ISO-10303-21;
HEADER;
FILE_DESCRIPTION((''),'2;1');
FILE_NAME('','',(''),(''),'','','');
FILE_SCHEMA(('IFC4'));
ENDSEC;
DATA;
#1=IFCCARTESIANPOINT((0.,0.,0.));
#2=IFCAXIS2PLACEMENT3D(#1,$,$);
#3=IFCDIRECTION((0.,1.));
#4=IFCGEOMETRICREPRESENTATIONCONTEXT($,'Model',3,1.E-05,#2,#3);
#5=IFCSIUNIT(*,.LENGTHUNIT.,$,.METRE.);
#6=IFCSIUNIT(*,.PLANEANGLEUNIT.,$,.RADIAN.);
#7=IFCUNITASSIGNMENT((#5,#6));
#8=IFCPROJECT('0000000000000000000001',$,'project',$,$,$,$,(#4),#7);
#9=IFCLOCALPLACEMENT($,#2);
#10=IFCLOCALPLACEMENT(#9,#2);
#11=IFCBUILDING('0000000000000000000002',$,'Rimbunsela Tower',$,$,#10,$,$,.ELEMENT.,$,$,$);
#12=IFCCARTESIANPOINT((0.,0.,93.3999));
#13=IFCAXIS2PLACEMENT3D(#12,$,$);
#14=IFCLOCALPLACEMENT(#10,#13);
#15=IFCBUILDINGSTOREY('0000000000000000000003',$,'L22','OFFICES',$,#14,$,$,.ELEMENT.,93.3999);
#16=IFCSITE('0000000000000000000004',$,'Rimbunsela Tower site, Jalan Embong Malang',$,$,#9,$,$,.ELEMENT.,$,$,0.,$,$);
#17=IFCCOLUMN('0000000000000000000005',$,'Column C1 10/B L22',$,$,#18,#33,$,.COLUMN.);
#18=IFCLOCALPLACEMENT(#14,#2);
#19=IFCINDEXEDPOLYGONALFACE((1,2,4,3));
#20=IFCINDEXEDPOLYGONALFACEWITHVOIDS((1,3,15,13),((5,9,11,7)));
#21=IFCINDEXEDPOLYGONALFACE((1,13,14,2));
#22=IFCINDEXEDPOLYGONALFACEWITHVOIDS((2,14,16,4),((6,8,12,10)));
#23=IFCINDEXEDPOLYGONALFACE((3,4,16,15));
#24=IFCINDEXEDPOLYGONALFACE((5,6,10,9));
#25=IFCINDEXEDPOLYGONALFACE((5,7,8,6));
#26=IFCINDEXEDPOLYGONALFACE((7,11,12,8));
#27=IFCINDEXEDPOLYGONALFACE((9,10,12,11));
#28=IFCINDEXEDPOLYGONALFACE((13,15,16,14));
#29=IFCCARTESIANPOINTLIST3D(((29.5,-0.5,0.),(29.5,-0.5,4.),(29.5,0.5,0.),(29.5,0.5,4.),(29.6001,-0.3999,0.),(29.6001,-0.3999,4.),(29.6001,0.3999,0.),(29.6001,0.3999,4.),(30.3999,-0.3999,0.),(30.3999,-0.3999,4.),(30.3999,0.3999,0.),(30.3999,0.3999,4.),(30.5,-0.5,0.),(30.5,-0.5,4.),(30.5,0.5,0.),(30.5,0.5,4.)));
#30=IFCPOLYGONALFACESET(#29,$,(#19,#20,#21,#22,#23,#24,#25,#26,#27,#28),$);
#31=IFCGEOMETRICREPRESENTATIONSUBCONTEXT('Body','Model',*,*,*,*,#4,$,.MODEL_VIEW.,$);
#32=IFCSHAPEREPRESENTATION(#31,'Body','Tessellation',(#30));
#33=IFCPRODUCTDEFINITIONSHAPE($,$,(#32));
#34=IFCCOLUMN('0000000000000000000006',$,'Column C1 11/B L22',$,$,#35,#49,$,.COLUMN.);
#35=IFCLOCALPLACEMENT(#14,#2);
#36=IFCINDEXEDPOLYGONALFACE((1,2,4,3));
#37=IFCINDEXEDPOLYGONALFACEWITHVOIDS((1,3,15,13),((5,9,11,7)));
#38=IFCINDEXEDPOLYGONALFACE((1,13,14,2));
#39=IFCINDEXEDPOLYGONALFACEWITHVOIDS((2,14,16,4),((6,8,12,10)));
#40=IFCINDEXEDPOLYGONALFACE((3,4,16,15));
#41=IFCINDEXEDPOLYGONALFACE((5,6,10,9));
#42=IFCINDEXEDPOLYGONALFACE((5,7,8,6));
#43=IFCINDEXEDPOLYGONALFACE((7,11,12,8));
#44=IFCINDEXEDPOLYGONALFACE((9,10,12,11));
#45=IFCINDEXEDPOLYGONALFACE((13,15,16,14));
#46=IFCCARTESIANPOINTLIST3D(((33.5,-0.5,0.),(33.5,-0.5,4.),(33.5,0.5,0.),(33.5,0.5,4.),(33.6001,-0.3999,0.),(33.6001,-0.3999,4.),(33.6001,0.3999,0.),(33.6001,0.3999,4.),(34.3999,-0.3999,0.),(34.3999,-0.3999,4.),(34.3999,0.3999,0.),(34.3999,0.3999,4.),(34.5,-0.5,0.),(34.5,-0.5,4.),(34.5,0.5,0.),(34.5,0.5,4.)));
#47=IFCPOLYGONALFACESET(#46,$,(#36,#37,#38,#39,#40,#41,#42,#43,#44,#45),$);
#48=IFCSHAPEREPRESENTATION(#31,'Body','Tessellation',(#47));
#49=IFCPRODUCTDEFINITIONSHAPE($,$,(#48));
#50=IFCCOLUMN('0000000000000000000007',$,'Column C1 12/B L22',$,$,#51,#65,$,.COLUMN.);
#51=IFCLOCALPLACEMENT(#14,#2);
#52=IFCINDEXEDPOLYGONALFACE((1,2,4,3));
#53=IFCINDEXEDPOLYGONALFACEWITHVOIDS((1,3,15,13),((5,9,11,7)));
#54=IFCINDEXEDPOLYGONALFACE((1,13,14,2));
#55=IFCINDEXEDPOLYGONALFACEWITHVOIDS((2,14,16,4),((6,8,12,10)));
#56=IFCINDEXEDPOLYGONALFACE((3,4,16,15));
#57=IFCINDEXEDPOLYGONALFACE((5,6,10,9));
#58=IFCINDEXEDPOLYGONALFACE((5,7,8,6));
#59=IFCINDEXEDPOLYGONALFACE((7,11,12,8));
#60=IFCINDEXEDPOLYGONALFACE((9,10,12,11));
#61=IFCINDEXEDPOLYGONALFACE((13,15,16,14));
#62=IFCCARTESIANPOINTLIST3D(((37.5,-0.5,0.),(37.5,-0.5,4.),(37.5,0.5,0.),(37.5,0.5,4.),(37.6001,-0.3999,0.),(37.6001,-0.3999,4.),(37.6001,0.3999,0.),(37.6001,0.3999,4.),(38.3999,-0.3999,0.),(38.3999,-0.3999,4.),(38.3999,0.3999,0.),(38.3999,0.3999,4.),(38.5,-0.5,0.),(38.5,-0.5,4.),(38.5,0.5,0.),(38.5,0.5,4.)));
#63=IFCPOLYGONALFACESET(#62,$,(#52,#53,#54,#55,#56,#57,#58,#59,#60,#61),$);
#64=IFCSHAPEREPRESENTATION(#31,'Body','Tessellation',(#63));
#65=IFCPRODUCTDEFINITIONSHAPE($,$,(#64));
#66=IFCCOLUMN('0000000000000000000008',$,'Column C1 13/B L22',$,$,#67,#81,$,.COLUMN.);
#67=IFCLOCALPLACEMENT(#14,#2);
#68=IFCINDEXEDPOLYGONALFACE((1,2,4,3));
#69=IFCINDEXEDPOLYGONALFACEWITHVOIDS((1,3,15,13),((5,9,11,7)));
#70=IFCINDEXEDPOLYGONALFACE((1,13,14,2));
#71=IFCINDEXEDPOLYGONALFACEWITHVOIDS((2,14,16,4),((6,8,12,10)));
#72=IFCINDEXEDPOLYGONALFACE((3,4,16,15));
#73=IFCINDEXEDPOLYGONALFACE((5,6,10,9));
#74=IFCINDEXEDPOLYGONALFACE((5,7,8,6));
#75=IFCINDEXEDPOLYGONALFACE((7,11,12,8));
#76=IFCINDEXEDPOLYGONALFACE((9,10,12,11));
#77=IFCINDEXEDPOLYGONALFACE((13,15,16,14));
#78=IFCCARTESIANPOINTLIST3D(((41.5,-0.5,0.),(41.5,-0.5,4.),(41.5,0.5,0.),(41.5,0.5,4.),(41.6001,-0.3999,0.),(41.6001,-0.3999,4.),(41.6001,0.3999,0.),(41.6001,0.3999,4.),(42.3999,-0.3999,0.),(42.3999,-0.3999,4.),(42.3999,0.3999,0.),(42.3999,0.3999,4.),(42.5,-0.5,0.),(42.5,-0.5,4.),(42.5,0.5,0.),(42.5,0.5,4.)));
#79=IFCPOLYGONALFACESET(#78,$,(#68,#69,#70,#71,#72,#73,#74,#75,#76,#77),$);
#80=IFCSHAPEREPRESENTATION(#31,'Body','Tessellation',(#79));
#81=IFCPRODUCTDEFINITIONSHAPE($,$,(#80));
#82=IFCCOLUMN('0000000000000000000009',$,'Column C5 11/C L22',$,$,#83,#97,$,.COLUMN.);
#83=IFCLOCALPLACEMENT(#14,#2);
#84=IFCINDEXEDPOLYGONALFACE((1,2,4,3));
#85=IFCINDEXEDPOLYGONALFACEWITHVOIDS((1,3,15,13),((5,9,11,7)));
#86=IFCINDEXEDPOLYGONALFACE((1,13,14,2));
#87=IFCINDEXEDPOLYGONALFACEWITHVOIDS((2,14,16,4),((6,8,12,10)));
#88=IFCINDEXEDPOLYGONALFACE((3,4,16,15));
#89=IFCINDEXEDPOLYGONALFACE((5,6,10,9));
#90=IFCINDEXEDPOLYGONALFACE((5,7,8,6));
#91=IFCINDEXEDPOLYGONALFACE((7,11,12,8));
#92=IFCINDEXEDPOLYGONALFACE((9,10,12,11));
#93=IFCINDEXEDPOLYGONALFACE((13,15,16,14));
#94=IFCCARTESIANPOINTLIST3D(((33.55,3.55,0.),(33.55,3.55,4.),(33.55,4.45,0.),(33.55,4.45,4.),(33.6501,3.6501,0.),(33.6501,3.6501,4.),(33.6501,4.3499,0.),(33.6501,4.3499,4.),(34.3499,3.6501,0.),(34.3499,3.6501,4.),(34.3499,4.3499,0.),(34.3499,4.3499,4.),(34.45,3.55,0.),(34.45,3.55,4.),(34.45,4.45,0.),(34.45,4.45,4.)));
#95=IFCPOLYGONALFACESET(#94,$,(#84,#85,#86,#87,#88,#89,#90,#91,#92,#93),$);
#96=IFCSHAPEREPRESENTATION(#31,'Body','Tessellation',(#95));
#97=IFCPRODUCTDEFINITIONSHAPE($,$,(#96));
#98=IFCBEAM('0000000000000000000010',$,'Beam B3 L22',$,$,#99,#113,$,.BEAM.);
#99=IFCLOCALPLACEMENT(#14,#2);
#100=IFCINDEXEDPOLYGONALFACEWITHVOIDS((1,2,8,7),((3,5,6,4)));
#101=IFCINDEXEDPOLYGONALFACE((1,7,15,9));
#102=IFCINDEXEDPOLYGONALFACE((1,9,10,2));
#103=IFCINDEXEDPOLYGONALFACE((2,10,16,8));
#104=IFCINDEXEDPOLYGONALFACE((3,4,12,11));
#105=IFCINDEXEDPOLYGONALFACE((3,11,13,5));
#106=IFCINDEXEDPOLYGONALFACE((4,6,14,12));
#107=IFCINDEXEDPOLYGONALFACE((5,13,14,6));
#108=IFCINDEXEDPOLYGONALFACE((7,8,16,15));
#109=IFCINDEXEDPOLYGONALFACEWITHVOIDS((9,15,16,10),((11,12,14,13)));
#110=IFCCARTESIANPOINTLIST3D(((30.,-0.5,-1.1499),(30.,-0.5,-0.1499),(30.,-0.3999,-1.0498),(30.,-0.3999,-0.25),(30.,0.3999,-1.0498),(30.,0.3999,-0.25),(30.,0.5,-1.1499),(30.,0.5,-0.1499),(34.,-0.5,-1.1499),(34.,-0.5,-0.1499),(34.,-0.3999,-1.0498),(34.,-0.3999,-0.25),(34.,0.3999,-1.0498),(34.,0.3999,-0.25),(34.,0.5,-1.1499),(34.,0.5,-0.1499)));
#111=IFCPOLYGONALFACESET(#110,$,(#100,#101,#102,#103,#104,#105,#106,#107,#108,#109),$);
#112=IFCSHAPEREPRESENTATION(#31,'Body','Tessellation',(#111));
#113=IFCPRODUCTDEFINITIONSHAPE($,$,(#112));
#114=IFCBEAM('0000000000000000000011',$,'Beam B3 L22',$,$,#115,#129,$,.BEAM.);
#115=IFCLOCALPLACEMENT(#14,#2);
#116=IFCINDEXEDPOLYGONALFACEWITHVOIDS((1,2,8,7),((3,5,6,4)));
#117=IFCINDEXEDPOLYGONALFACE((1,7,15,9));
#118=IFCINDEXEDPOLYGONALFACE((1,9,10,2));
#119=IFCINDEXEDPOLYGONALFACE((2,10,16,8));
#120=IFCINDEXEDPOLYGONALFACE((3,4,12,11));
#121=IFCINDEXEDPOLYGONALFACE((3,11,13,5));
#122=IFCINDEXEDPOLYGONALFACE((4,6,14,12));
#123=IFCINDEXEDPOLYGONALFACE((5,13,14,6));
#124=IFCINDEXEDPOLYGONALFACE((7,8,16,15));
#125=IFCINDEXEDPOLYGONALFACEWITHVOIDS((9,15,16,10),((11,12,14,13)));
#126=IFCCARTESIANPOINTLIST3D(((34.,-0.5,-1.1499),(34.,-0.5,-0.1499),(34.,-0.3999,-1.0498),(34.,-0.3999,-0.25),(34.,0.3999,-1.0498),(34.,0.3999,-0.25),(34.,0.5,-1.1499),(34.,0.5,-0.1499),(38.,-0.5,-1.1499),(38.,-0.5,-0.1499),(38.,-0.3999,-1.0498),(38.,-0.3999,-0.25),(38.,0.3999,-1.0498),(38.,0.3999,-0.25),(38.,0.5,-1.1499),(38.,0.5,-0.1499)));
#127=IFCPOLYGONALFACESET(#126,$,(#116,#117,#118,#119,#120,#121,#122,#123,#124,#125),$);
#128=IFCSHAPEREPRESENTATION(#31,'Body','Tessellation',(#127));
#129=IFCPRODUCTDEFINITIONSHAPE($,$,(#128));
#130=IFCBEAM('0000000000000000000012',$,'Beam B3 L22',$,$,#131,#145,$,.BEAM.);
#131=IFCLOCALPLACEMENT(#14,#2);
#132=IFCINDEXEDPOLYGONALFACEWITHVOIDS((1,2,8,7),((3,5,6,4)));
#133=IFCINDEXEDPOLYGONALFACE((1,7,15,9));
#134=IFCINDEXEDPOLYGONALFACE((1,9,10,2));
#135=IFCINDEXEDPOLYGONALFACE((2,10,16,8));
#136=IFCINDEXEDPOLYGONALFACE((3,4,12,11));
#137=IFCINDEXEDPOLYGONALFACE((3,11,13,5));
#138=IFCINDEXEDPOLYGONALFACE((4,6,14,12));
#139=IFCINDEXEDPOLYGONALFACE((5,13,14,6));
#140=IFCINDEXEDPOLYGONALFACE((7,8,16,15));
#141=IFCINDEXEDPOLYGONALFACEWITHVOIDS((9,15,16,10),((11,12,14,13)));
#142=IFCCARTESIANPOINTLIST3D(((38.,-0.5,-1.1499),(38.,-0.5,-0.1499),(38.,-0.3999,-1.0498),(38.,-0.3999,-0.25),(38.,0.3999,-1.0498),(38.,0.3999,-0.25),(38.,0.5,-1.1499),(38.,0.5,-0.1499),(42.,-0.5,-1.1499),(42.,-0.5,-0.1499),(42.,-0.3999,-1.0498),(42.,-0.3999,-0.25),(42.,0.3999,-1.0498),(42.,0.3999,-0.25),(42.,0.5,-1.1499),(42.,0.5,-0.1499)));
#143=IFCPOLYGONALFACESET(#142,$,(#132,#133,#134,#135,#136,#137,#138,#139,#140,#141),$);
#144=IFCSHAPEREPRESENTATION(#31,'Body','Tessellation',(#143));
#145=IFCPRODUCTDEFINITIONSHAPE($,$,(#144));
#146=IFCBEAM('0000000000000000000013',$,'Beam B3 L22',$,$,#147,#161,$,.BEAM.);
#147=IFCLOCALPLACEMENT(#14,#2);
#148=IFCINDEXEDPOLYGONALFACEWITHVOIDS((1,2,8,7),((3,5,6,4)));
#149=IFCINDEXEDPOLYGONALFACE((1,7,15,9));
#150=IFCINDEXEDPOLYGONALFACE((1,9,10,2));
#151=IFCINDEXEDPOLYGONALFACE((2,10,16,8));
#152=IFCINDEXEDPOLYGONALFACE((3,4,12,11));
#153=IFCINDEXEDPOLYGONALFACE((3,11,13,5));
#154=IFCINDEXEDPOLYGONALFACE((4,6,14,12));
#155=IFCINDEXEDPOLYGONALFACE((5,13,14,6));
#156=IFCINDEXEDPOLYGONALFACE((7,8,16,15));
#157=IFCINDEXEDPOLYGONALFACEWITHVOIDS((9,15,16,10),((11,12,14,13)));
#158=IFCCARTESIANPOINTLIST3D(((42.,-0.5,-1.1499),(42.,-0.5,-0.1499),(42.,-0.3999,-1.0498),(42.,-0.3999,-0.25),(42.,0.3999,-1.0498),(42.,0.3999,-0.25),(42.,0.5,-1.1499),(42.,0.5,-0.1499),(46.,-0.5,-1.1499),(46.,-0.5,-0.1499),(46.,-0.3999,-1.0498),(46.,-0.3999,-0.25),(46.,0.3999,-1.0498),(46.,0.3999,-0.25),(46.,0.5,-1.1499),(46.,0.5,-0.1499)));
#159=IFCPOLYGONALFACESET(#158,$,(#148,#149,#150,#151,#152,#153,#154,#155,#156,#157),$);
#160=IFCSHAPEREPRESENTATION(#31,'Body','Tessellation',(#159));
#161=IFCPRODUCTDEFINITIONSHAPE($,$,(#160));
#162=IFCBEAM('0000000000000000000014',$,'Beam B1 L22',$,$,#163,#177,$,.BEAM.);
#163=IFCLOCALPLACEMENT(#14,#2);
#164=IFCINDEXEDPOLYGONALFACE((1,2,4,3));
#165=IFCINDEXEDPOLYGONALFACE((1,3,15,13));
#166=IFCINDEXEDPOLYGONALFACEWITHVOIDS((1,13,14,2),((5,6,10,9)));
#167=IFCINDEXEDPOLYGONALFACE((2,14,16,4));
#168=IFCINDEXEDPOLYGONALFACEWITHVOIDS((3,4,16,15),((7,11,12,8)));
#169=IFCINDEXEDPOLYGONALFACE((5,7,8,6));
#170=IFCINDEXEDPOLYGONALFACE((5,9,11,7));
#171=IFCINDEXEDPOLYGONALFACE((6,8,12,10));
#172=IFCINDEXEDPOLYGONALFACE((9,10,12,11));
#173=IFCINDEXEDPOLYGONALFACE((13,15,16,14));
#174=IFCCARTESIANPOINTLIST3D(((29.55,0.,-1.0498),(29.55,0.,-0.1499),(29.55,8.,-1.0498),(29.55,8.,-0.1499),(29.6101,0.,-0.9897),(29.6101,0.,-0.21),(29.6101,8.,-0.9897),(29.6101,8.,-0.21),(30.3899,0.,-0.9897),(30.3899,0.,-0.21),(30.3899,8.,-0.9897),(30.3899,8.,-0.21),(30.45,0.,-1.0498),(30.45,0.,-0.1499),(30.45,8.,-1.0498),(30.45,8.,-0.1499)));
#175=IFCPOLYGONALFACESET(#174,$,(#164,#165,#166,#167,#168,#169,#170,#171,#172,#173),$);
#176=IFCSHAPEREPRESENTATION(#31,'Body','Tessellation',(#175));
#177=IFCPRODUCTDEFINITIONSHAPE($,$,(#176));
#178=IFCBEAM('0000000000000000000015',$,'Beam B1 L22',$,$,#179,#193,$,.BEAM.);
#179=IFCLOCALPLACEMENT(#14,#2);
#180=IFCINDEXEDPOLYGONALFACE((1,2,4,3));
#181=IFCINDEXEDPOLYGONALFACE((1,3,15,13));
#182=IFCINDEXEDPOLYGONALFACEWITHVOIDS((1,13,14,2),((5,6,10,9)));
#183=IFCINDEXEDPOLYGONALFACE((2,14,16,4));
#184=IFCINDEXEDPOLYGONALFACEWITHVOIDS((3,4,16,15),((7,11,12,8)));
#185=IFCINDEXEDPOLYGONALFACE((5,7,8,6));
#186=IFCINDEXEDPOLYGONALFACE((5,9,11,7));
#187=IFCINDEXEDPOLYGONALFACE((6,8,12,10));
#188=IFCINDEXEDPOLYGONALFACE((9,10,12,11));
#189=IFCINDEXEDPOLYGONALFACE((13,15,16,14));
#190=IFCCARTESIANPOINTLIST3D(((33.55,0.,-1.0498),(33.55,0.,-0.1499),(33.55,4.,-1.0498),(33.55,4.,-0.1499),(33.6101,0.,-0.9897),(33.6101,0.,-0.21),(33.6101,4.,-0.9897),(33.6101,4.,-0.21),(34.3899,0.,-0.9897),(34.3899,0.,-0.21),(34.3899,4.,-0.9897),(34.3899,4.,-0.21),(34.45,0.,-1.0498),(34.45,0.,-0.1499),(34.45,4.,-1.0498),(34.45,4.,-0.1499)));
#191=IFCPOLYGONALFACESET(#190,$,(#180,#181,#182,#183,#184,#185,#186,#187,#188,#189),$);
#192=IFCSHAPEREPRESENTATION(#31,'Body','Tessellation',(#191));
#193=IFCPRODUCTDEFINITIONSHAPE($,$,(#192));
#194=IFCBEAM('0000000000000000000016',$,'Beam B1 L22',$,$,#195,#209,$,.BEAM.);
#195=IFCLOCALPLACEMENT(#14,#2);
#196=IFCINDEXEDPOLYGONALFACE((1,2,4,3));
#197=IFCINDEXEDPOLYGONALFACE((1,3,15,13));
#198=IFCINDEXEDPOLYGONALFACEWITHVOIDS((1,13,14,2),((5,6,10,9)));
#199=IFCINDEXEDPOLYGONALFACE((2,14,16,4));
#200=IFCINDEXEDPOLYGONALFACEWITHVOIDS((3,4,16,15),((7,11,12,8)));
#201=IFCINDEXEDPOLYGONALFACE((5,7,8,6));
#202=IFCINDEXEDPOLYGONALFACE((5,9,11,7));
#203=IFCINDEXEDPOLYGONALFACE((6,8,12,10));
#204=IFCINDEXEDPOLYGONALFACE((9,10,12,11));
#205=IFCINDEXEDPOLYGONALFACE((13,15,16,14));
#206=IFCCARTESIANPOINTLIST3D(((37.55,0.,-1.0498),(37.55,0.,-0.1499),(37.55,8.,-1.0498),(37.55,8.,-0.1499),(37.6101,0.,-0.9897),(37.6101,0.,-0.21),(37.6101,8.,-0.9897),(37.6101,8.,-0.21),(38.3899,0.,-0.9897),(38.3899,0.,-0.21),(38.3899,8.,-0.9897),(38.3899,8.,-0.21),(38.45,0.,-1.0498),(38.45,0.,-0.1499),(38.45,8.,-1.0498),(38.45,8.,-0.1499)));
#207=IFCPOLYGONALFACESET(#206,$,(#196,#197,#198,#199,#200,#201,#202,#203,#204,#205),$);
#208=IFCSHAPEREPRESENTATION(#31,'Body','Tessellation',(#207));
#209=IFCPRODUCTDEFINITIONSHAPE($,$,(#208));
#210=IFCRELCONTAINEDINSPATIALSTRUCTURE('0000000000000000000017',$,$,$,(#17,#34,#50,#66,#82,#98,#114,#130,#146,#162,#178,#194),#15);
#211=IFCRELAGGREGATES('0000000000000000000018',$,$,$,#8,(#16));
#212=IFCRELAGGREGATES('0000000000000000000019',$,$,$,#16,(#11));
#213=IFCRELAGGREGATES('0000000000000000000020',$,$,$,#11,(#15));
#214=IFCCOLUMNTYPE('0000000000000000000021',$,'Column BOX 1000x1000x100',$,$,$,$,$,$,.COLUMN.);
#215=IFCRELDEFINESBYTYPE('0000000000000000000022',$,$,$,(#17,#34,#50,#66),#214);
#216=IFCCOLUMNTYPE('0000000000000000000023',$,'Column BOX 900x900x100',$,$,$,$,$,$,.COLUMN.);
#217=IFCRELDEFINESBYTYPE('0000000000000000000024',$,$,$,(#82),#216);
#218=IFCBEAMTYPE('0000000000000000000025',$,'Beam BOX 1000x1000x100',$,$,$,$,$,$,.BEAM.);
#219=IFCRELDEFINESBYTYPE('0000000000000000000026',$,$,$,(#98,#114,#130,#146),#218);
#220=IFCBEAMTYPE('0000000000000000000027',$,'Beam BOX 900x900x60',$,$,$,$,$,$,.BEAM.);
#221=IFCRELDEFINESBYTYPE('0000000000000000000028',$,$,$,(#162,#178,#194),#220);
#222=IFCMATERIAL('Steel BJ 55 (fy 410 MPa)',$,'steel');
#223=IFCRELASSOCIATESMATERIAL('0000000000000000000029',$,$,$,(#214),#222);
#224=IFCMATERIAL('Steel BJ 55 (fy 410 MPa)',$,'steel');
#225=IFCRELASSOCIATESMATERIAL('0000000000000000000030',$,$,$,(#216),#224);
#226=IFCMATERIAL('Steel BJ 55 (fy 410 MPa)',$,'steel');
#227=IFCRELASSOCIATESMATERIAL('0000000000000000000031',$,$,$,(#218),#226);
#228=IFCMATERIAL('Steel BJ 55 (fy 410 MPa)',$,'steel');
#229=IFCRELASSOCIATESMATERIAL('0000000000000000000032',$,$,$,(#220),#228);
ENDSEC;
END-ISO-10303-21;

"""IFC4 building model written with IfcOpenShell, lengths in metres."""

from ifc_helpers import new_model, si_unit, direction, frame, origin, origin_2d, place, context, subcontext, project, spatial, hollow_rectangle, extrude, material, material_profile, profile_set, type_object, element, save


model = new_model("IFC4")

# Units and contexts
model_context = context("Model", 3, precision=1e-05, world=origin(), true_north=direction((0.0, 1.0)))
body_context = subcontext(model_context, "Body", "Model", "MODEL_VIEW")
ifc_project = project(units=[si_unit("LENGTHUNIT", "METRE"), si_unit("PLANEANGLEUNIT", "RADIAN")], contexts=[model_context])

# Site, building, storey
site_placement = place(None, origin())
site = spatial("IfcSite", under=ifc_project, at=site_placement, Name="Rimbunsela Tower site, Jalan Embong Malang", CompositionType="ELEMENT", RefElevation=0.0)
building_placement = place(site_placement, origin())
building = spatial("IfcBuilding", under=site, at=building_placement, Name="Rimbunsela Tower", CompositionType="ELEMENT")
storey_placement = place(building_placement, frame((0.0, 0.0, 93.3999)))
storey = spatial("IfcBuildingStorey", under=building, at=storey_placement, Name="L22", Description="OFFICES", CompositionType="ELEMENT", Elevation=93.3999)

# Columns
ifc_material_1 = material(Name="Steel BJ 55 (fy 410 MPa)", Category="steel")
ifc_material_profile_1 = material_profile(ifc_material_1, hollow_rectangle(XDim=1.0, YDim=1.0, WallThickness=0.1001, at=origin_2d()), Name="BOX 1000x1000x100")
ifc_profile_set_1 = profile_set([ifc_material_profile_1], Name="Steel BJ 55 (fy 410 MPa)")
column_type_1 = type_object("IfcColumnType", Name="Column BOX 1000x1000x100", PredefinedType="COLUMN", material=ifc_profile_set_1)
for number, where, z_axis, x_axis, name in (
    (1, (30.0, 0.0, 0.0), (0.0, 0.0, 1.0), (1.0, 0.0, 0.0), "Column C1 10/B L22"),
    (2, (34.0, 0.0, 0.0), (0.0, 0.0, 1.0), (1.0, 0.0, 0.0), "Column C1 11/B L22"),
    (3, (38.0, 0.0, 0.0), (0.0, 0.0, 1.0), (1.0, 0.0, 0.0), "Column C1 12/B L22"),
    (4, (42.0, 0.0, 0.0), (0.0, 0.0, 1.0), (1.0, 0.0, 0.0), "Column C1 13/B L22"),
):
    element("IfcColumn", number, at=place(storey_placement, frame(where, z_axis=z_axis, x_axis=x_axis)), inside=storey, type_object=column_type_1, Name=name, PredefinedType="COLUMN", context=body_context, shape_type="SweptSolid", body=[
        extrude(hollow_rectangle(XDim=1.0, YDim=1.0, WallThickness=0.1001, at=origin_2d()), origin(), (0.0, 0.0, 1.0), 4.0),
    ])
ifc_material_2 = material(Name="Steel BJ 55 (fy 410 MPa)", Category="steel")
ifc_material_profile_2 = material_profile(ifc_material_2, hollow_rectangle(XDim=0.8999, YDim=0.8999, WallThickness=0.1001, at=origin_2d()), Name="BOX 900x900x100")
ifc_profile_set_2 = profile_set([ifc_material_profile_2], Name="Steel BJ 55 (fy 410 MPa)")
column_type_2 = type_object("IfcColumnType", Name="Column BOX 900x900x100", PredefinedType="COLUMN", material=ifc_profile_set_2)
column_placement = place(storey_placement, frame((34.0, 4.0, 0.0), z_axis=(0.0, 0.0, 1.0), x_axis=(1.0, 0.0, 0.0)))
element("IfcColumn", 5, at=column_placement, inside=storey, type_object=column_type_2, Name="Column C5 11/C L22", PredefinedType="COLUMN", context=body_context, shape_type="SweptSolid", body=[
    extrude(hollow_rectangle(XDim=0.8999, YDim=0.8999, WallThickness=0.1001, at=origin_2d()), origin(), (0.0, 0.0, 1.0), 4.0),
])

# Beams
ifc_material_3 = material(Name="Steel BJ 55 (fy 410 MPa)", Category="steel")
ifc_material_profile_3 = material_profile(ifc_material_3, hollow_rectangle(XDim=1.0, YDim=1.0, WallThickness=0.1001, at=origin_2d()), Name="BOX 1000x1000x100")
ifc_profile_set_3 = profile_set([ifc_material_profile_3], Name="Steel BJ 55 (fy 410 MPa)")
beam_type_1 = type_object("IfcBeamType", Name="Beam BOX 1000x1000x100", PredefinedType="BEAM", material=ifc_profile_set_3)
for number, where, z_axis, x_axis, name in (
    (6, (30.0, 0.0, -0.6499), (1.0, 0.0, 0.0), (0.0, 1.0, 0.0), "Beam B3 L22"),
    (7, (34.0, 0.0, -0.6499), (1.0, 0.0, 0.0), (0.0, 1.0, 0.0), "Beam B3 L22"),
    (8, (38.0, 0.0, -0.6499), (1.0, 0.0, 0.0), (0.0, 1.0, 0.0), "Beam B3 L22"),
    (9, (42.0, 0.0, -0.6499), (1.0, 0.0, 0.0), (0.0, 1.0, 0.0), "Beam B3 L22"),
):
    element("IfcBeam", number, at=place(storey_placement, frame(where, z_axis=z_axis, x_axis=x_axis)), inside=storey, type_object=beam_type_1, Name=name, PredefinedType="BEAM", context=body_context, shape_type="SweptSolid", body=[
        extrude(hollow_rectangle(XDim=1.0, YDim=1.0, WallThickness=0.1001, at=origin_2d()), origin(), (0.0, 0.0, 1.0), 4.0),
    ])
ifc_material_4 = material(Name="Steel BJ 55 (fy 410 MPa)", Category="steel")
ifc_material_profile_4 = material_profile(ifc_material_4, hollow_rectangle(XDim=0.8999, YDim=0.8999, WallThickness=0.0601, at=origin_2d()), Name="BOX 900x900x60")
ifc_profile_set_4 = profile_set([ifc_material_profile_4], Name="Steel BJ 55 (fy 410 MPa)")
beam_type_2 = type_object("IfcBeamType", Name="Beam BOX 900x900x60", PredefinedType="BEAM", material=ifc_profile_set_4)
beam_1_placement = place(storey_placement, frame((30.0, 0.0, -0.5999), z_axis=(0.0, 1.0, 0.0), x_axis=(-1.0, 0.0, 0.0)))
element("IfcBeam", 10, at=beam_1_placement, inside=storey, type_object=beam_type_2, Name="Beam B1 L22", PredefinedType="BEAM", context=body_context, shape_type="SweptSolid", body=[
    extrude(hollow_rectangle(XDim=0.8999, YDim=0.8999, WallThickness=0.0601, at=origin_2d()), origin(), (0.0, 0.0, 1.0), 8.0),
])
beam_2_placement = place(storey_placement, frame((34.0, 0.0, -0.5999), z_axis=(0.0, 1.0, 0.0), x_axis=(-1.0, 0.0, 0.0)))
element("IfcBeam", 11, at=beam_2_placement, inside=storey, type_object=beam_type_2, Name="Beam B1 L22", PredefinedType="BEAM", context=body_context, shape_type="SweptSolid", body=[
    extrude(hollow_rectangle(XDim=0.8999, YDim=0.8999, WallThickness=0.0601, at=origin_2d()), origin(), (0.0, 0.0, 1.0), 4.0),
])
beam_3_placement = place(storey_placement, frame((38.0, 0.0, -0.5999), z_axis=(0.0, 1.0, 0.0), x_axis=(-1.0, 0.0, 0.0)))
element("IfcBeam", 12, at=beam_3_placement, inside=storey, type_object=beam_type_2, Name="Beam B1 L22", PredefinedType="BEAM", context=body_context, shape_type="SweptSolid", body=[
    extrude(hollow_rectangle(XDim=0.8999, YDim=0.8999, WallThickness=0.0601, at=origin_2d()), origin(), (0.0, 0.0, 1.0), 8.0),
])

save(model, "model.ifc")
